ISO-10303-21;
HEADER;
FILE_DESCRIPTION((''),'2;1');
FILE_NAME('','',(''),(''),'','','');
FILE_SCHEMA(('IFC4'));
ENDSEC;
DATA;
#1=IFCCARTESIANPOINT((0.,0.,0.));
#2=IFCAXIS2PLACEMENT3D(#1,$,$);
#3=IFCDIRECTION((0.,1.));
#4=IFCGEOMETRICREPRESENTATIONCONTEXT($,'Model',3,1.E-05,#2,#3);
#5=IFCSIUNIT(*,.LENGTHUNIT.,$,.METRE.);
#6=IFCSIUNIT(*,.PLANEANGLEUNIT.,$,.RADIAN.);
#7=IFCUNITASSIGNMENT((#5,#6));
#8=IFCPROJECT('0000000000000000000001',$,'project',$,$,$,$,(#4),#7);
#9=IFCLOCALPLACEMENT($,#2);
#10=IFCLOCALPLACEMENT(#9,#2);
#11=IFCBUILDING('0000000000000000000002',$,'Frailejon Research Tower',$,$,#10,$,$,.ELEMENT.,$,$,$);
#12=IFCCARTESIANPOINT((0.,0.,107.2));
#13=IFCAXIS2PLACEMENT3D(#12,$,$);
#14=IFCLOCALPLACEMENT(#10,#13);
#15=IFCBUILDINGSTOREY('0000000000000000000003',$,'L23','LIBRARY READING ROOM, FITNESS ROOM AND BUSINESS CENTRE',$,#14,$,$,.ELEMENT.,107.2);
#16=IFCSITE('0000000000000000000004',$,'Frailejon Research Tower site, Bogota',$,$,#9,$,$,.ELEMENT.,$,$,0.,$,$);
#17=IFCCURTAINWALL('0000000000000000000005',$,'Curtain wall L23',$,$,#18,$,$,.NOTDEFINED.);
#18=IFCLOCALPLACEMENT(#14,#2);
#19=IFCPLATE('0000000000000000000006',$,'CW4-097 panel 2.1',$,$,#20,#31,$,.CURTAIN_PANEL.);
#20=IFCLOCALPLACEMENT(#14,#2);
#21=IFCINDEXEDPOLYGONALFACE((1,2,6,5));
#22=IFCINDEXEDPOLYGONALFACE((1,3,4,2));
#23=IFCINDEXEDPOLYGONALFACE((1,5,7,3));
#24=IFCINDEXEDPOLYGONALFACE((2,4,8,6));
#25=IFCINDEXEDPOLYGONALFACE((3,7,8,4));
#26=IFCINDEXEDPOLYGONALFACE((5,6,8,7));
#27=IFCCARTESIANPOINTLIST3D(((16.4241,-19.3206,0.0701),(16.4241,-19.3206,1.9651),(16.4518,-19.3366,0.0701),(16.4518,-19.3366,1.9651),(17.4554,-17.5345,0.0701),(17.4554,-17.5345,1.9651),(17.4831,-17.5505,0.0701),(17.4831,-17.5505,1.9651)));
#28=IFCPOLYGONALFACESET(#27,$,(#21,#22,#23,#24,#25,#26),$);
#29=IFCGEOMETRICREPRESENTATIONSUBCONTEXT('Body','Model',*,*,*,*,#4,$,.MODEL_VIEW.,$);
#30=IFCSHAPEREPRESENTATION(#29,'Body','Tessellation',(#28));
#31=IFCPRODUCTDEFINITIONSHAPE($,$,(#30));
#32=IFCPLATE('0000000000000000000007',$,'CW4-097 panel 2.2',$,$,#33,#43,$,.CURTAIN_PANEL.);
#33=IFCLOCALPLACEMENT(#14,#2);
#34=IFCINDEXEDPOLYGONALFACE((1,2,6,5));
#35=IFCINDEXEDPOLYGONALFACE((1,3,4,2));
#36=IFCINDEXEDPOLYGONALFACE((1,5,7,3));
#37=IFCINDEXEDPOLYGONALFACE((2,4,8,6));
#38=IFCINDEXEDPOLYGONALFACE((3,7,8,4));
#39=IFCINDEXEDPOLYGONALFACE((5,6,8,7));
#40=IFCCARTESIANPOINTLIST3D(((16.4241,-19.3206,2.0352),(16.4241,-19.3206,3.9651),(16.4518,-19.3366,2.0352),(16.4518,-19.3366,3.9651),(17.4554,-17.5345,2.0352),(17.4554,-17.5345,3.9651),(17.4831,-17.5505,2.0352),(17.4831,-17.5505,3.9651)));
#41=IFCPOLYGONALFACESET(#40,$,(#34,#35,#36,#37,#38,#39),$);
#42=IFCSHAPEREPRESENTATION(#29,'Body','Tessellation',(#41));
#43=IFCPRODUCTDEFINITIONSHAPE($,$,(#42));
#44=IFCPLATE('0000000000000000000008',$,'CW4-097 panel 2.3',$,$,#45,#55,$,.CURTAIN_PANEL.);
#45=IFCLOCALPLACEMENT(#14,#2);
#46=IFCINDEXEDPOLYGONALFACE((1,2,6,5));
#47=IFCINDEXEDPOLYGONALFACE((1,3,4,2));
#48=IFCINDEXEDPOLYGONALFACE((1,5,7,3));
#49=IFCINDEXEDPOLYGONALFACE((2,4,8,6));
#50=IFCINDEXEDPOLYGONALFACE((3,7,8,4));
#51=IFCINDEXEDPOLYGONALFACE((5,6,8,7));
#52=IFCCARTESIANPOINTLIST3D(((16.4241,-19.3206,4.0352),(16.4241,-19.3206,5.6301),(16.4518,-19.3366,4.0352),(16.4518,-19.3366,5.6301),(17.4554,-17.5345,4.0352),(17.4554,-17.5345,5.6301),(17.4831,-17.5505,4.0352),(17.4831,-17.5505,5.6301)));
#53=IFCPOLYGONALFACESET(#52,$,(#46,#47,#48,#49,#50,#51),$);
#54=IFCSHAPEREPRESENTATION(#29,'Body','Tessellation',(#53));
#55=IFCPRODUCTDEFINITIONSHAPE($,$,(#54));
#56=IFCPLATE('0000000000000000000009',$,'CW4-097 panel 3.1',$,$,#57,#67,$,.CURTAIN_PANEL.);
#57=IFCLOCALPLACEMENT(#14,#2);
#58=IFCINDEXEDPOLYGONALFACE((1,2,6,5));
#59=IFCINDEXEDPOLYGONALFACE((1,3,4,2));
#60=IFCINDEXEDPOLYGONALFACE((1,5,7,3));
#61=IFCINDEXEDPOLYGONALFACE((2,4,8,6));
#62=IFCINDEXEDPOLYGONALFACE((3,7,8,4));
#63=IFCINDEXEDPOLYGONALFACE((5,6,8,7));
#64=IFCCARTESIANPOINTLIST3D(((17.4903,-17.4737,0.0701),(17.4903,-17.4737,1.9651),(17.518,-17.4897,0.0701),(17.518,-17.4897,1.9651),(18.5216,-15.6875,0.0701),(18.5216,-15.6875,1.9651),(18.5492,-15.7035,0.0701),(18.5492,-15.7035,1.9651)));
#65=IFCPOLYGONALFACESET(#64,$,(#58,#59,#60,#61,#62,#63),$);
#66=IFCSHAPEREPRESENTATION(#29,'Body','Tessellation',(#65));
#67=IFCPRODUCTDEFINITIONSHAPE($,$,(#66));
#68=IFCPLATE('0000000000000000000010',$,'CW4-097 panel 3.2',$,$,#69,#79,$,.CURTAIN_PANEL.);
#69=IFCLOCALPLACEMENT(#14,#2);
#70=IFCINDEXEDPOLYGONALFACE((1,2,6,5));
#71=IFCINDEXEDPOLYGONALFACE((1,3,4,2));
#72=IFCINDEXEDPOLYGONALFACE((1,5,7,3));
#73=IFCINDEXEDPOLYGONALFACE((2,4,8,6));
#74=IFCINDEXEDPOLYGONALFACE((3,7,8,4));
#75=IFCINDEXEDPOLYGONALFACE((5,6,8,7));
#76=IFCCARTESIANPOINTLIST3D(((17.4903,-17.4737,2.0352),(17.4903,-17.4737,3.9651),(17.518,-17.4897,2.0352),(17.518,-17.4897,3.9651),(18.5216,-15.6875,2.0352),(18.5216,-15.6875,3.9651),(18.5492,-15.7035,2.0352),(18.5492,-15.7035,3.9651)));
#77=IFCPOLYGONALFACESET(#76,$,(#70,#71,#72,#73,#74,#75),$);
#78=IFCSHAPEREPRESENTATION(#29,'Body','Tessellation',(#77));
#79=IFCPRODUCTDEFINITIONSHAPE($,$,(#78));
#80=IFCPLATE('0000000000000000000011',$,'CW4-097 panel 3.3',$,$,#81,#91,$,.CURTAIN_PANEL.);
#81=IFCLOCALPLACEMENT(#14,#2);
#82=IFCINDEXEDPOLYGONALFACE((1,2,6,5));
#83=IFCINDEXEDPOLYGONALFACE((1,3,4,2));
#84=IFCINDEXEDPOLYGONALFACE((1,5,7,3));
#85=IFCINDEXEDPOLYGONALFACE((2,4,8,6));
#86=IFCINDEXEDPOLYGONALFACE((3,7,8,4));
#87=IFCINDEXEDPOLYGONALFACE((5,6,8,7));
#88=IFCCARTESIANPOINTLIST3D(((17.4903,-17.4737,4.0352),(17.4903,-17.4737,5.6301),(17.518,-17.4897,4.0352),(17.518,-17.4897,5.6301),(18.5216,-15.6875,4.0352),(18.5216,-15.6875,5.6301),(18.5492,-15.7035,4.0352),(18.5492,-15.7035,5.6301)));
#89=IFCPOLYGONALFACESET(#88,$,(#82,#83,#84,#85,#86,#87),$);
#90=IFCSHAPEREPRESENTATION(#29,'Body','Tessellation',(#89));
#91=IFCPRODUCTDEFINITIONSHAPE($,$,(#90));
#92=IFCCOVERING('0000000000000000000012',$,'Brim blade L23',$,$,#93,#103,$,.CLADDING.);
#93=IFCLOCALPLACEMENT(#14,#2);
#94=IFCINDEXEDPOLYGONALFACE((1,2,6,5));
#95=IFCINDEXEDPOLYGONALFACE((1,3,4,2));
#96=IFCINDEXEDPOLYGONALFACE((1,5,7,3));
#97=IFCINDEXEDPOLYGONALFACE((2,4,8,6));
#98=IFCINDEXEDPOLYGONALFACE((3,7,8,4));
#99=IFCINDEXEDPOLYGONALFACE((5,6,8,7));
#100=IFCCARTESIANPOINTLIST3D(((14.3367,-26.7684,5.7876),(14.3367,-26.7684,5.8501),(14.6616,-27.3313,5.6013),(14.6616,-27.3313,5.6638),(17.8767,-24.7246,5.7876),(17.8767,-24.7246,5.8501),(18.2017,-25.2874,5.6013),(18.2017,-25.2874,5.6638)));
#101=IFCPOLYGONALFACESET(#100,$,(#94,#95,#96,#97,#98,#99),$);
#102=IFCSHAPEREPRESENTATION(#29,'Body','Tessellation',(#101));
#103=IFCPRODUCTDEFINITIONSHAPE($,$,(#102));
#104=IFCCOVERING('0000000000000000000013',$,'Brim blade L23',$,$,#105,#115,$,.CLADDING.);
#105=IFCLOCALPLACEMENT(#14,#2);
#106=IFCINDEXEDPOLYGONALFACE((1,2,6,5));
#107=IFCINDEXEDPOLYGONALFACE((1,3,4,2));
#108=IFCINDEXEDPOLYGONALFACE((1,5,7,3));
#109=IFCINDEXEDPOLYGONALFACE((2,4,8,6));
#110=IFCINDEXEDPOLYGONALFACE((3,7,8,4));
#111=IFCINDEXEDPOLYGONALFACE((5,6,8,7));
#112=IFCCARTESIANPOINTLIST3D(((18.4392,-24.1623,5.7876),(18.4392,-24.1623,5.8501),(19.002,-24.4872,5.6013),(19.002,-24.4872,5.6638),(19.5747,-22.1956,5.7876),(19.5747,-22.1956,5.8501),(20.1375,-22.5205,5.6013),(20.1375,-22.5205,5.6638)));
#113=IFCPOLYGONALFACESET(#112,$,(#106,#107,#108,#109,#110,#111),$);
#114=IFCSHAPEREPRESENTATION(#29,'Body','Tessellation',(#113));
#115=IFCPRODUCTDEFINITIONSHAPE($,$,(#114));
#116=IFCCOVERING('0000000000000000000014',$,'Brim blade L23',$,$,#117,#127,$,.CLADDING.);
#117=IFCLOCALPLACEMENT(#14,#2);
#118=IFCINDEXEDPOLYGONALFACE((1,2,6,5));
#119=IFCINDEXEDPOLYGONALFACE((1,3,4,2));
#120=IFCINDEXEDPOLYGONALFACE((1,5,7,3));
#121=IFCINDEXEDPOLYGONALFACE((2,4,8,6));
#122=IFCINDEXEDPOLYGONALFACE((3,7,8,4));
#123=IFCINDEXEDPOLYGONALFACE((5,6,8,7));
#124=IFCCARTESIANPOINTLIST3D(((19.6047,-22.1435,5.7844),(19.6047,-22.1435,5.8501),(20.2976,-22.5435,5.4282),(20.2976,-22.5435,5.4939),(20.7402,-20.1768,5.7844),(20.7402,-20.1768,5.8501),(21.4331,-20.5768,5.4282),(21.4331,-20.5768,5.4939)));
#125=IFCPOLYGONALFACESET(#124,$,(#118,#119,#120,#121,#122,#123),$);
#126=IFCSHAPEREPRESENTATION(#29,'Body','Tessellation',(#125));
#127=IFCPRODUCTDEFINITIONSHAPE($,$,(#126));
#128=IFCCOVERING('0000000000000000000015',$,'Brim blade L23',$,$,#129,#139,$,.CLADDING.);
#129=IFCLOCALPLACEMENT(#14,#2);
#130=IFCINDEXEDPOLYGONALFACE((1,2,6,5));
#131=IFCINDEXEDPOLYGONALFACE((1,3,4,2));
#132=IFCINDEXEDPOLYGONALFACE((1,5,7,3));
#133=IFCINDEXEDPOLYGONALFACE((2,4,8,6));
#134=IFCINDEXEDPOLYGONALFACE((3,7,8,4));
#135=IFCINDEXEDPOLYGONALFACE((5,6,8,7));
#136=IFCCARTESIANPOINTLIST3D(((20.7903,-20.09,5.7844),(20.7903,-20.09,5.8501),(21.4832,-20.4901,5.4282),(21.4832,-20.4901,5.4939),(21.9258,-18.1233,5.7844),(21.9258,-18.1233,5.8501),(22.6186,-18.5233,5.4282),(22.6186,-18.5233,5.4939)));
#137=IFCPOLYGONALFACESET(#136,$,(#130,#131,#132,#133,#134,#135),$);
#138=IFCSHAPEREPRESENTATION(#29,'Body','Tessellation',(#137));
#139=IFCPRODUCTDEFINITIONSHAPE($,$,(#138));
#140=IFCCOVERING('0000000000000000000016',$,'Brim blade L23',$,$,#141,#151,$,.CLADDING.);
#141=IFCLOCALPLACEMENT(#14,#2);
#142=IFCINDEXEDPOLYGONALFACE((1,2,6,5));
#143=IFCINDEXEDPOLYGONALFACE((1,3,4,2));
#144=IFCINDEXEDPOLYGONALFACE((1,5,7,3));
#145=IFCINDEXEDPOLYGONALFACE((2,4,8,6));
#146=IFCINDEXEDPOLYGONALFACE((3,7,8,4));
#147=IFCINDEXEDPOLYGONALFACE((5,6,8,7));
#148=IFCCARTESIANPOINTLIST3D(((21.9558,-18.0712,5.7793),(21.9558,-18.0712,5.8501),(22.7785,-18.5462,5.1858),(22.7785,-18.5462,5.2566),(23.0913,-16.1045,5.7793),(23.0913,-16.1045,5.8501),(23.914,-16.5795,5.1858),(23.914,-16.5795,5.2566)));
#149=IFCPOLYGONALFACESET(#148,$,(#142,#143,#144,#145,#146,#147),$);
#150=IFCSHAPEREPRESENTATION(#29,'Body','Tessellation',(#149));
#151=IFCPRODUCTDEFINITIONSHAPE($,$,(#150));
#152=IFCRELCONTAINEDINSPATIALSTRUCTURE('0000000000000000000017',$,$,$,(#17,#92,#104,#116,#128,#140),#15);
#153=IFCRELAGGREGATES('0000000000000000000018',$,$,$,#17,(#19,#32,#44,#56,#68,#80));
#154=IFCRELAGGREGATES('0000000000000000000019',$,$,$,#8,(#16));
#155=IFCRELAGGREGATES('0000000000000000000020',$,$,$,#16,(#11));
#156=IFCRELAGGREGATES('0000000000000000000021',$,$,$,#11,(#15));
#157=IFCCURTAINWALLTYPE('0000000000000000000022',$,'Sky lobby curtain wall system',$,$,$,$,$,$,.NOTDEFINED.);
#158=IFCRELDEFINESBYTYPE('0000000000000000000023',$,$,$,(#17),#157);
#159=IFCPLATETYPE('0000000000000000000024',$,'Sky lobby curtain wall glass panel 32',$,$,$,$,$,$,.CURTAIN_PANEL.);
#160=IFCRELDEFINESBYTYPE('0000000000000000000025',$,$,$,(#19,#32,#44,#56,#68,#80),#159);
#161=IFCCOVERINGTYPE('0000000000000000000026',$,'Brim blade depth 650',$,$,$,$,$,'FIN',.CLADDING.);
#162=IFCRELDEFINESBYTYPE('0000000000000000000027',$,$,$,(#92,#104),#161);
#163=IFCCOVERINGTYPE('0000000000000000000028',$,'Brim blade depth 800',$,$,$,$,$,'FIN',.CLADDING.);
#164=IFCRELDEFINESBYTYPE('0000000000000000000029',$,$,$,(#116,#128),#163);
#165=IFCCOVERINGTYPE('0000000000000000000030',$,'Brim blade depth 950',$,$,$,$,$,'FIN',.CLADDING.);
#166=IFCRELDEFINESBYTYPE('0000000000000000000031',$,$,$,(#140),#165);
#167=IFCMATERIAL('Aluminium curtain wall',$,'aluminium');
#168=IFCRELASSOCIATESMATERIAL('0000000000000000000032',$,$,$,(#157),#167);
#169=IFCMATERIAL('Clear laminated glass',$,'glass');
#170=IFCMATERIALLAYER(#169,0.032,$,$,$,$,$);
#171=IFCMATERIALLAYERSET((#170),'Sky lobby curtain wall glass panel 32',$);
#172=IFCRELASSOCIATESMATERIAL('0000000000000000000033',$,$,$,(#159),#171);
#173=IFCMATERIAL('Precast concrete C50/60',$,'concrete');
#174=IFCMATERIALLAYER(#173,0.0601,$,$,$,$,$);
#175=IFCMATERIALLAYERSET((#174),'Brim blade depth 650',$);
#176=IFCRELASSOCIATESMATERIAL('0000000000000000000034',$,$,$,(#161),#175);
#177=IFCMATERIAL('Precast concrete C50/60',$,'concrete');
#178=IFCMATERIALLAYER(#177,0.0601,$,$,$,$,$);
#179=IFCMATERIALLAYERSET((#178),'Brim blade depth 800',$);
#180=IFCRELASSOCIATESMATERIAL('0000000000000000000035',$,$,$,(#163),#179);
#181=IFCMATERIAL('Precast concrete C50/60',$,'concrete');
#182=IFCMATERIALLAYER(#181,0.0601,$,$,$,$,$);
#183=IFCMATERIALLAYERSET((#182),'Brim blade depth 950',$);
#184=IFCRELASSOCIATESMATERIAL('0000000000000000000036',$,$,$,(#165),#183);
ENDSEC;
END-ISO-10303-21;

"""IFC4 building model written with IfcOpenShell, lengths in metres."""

from ifc_helpers import new_model, si_unit, direction, frame, origin, origin_2d, place, context, subcontext, project, spatial, polyline, rectangle, outline, extrude, material, layer, layer_set, type_object, element, aggregate, save


model = new_model("IFC4")

# Units and contexts
model_context = context("Model", 3, precision=1e-05, world=origin(), true_north=direction((0.0, 1.0)))
body_context = subcontext(model_context, "Body", "Model", "MODEL_VIEW")
ifc_project = project(units=[si_unit("LENGTHUNIT", "METRE"), si_unit("PLANEANGLEUNIT", "RADIAN")], contexts=[model_context])

# Site, building, storey
site_placement = place(None, origin())
site = spatial("IfcSite", under=ifc_project, at=site_placement, Name="Frailejon Research Tower site, Bogota", CompositionType="ELEMENT", RefElevation=0.0)
building_placement = place(site_placement, origin())
building = spatial("IfcBuilding", under=site, at=building_placement, Name="Frailejon Research Tower", CompositionType="ELEMENT")
storey_placement = place(building_placement, frame((0.0, 0.0, 107.2)))
storey = spatial("IfcBuildingStorey", under=building, at=storey_placement, Name="L23", Description="LIBRARY READING ROOM, FITNESS ROOM AND BUSINESS CENTRE", CompositionType="ELEMENT", Elevation=107.2)

# Curtain wall
ifc_material_1 = material(Name="Aluminium curtain wall", Category="aluminium")
curtain_wall_type = type_object("IfcCurtainWallType", Name="Sky lobby curtain wall system", PredefinedType="NOTDEFINED", material=ifc_material_1)
curtain_wall_placement = place(storey_placement, origin())
curtain_wall = element("IfcCurtainWall", 1, at=curtain_wall_placement, inside=storey, type_object=curtain_wall_type, Name="Curtain wall L23", PredefinedType="NOTDEFINED")

# Plates
ifc_material_2 = material(Name="Clear laminated glass", Category="glass")
ifc_layer_1 = layer(ifc_material_2, 0.032)
ifc_layer_set_1 = layer_set([ifc_layer_1], Name="Sky lobby curtain wall glass panel 32")
plate_type = type_object("IfcPlateType", Name="Sky lobby curtain wall glass panel 32", PredefinedType="CURTAIN_PANEL", material=ifc_layer_set_1)
plate_1_placement = place(storey_placement, frame((16.9536, -18.4355, 0.0701), z_axis=(0.0, 0.0, 1.0), x_axis=(0.5, 0.866026, 0.0)))
plate_1 = element("IfcPlate", 2, at=plate_1_placement, type_object=plate_type, Name="CW4-097 panel 2.1", PredefinedType="CURTAIN_PANEL", context=body_context, shape_type="SweptSolid", body=[
    extrude(rectangle(XDim=2.0625, YDim=0.032, at=origin_2d()), origin(), (0.0, 0.0, 1.0), 1.895),
])
plate_2_placement = place(storey_placement, frame((16.9536, -18.4355, 2.0352), z_axis=(0.0, 0.0, 1.0), x_axis=(0.5, 0.866026, 0.0)))
plate_2 = element("IfcPlate", 3, at=plate_2_placement, type_object=plate_type, Name="CW4-097 panel 2.2", PredefinedType="CURTAIN_PANEL", context=body_context, shape_type="SweptSolid", body=[
    extrude(rectangle(XDim=2.0625, YDim=0.032, at=origin_2d()), origin(), (0.0, 0.0, 1.0), 1.9299),
])
plate_3_placement = place(storey_placement, frame((16.9536, -18.4355, 4.0352), z_axis=(0.0, 0.0, 1.0), x_axis=(0.5, 0.866026, 0.0)))
plate_3 = element("IfcPlate", 4, at=plate_3_placement, type_object=plate_type, Name="CW4-097 panel 2.3", PredefinedType="CURTAIN_PANEL", context=body_context, shape_type="SweptSolid", body=[
    extrude(rectangle(XDim=2.0625, YDim=0.032, at=origin_2d()), origin(), (0.0, 0.0, 1.0), 1.595),
])
plate_4_placement = place(storey_placement, frame((18.0198, -16.5886, 0.0701), z_axis=(0.0, 0.0, 1.0), x_axis=(0.5, 0.866026, 0.0)))
plate_4 = element("IfcPlate", 5, at=plate_4_placement, type_object=plate_type, Name="CW4-097 panel 3.1", PredefinedType="CURTAIN_PANEL", context=body_context, shape_type="SweptSolid", body=[
    extrude(rectangle(XDim=2.0625, YDim=0.032, at=origin_2d()), origin(), (0.0, 0.0, 1.0), 1.895),
])
plate_5_placement = place(storey_placement, frame((18.0198, -16.5886, 2.0352), z_axis=(0.0, 0.0, 1.0), x_axis=(0.5, 0.866026, 0.0)))
plate_5 = element("IfcPlate", 6, at=plate_5_placement, type_object=plate_type, Name="CW4-097 panel 3.2", PredefinedType="CURTAIN_PANEL", context=body_context, shape_type="SweptSolid", body=[
    extrude(rectangle(XDim=2.0625, YDim=0.032, at=origin_2d()), origin(), (0.0, 0.0, 1.0), 1.9299),
])
plate_6_placement = place(storey_placement, frame((18.0198, -16.5886, 4.0352), z_axis=(0.0, 0.0, 1.0), x_axis=(0.5, 0.866026, 0.0)))
plate_6 = element("IfcPlate", 7, at=plate_6_placement, type_object=plate_type, Name="CW4-097 panel 3.3", PredefinedType="CURTAIN_PANEL", context=body_context, shape_type="SweptSolid", body=[
    extrude(rectangle(XDim=2.0625, YDim=0.032, at=origin_2d()), origin(), (0.0, 0.0, 1.0), 1.595),
])
aggregate(curtain_wall, [plate_1, plate_2, plate_3, plate_4, plate_5, plate_6])

# Coverings
ifc_material_3 = material(Name="Precast concrete C50/60", Category="concrete")
ifc_layer_2 = layer(ifc_material_3, 0.0601)
ifc_layer_set_2 = layer_set([ifc_layer_2], Name="Brim blade depth 650")
covering_type_1 = type_object("IfcCoveringType", Name="Brim blade depth 650", ElementType="FIN", PredefinedType="CLADDING", material=ifc_layer_set_2)
covering_1_placement = place(storey_placement, frame((17.8767, -24.7246, 5.8501), z_axis=(-0.866027, -0.499997, 0.0), x_axis=(0.499997, -0.866027, 0.0)))
element("IfcCovering", 8, at=covering_1_placement, inside=storey, type_object=covering_type_1, Name="Brim blade L23", PredefinedType="CLADDING", context=body_context, shape_type="SweptSolid", body=[
    extrude(outline(polyline([(0.0, -0.0625), (0.6499, -0.2488), (0.6499, -0.1863), (0.0, 0.0), (0.0, -0.0625)])), origin(), (0.0, 0.0, 1.0), 4.0876),
])
covering_2_placement = place(storey_placement, frame((19.5747, -22.1956, 5.8501), z_axis=(-0.500002, -0.866024, 0.0), x_axis=(0.866024, -0.500002, 0.0)))
element("IfcCovering", 9, at=covering_2_placement, inside=storey, type_object=covering_type_1, Name="Brim blade L23", PredefinedType="CLADDING", context=body_context, shape_type="SweptSolid", body=[
    extrude(outline(polyline([(0.0, -0.0625), (0.6499, -0.2488), (0.6499, -0.1863), (0.0, 0.0), (0.0, -0.0625)])), origin(), (0.0, 0.0, 1.0), 2.271),
])
ifc_material_4 = material(Name="Precast concrete C50/60", Category="concrete")
ifc_layer_3 = layer(ifc_material_4, 0.0601)
ifc_layer_set_3 = layer_set([ifc_layer_3], Name="Brim blade depth 800")
covering_type_2 = type_object("IfcCoveringType", Name="Brim blade depth 800", ElementType="FIN", PredefinedType="CLADDING", material=ifc_layer_set_3)
for number, where, z_axis, x_axis, name in (
    (10, (20.7402, -20.1768, 5.8501), (-0.500002, -0.866024, 0.0), (0.866024, -0.500002, 0.0), "Brim blade L23"),
    (11, (21.9258, -18.1233, 5.8501), (-0.499993, -0.866029, 0.0), (0.866029, -0.499993, 0.0), "Brim blade L23"),
):
    element("IfcCovering", number, at=place(storey_placement, frame(where, z_axis=z_axis, x_axis=x_axis)), inside=storey, type_object=covering_type_2, Name=name, PredefinedType="CLADDING", context=body_context, shape_type="SweptSolid", body=[
        extrude(outline(polyline([(0.0, -0.0657), (0.8, -0.4219), (0.8, -0.3562), (0.0, 0.0), (0.0, -0.0657)])), origin(), (0.0, 0.0, 1.0), 2.271),
    ])
ifc_material_5 = material(Name="Precast concrete C50/60", Category="concrete")
ifc_layer_4 = layer(ifc_material_5, 0.0601)
ifc_layer_set_4 = layer_set([ifc_layer_4], Name="Brim blade depth 950")
covering_type_3 = type_object("IfcCoveringType", Name="Brim blade depth 950", ElementType="FIN", PredefinedType="CLADDING", material=ifc_layer_set_4)
covering_3_placement = place(storey_placement, frame((23.0913, -16.1045, 5.8501), z_axis=(-0.499993, -0.866029, 0.0), x_axis=(0.866029, -0.499993, 0.0)))
element("IfcCovering", 12, at=covering_3_placement, inside=storey, type_object=covering_type_3, Name="Brim blade L23", PredefinedType="CLADDING", context=body_context, shape_type="SweptSolid", body=[
    extrude(outline(polyline([(0.0, -0.0708), (0.95, -0.6643), (0.95, -0.5935), (0.0, 0.0), (0.0, -0.0708)])), origin(), (0.0, 0.0, 1.0), 2.271),
])

save(model, "model.ifc")
